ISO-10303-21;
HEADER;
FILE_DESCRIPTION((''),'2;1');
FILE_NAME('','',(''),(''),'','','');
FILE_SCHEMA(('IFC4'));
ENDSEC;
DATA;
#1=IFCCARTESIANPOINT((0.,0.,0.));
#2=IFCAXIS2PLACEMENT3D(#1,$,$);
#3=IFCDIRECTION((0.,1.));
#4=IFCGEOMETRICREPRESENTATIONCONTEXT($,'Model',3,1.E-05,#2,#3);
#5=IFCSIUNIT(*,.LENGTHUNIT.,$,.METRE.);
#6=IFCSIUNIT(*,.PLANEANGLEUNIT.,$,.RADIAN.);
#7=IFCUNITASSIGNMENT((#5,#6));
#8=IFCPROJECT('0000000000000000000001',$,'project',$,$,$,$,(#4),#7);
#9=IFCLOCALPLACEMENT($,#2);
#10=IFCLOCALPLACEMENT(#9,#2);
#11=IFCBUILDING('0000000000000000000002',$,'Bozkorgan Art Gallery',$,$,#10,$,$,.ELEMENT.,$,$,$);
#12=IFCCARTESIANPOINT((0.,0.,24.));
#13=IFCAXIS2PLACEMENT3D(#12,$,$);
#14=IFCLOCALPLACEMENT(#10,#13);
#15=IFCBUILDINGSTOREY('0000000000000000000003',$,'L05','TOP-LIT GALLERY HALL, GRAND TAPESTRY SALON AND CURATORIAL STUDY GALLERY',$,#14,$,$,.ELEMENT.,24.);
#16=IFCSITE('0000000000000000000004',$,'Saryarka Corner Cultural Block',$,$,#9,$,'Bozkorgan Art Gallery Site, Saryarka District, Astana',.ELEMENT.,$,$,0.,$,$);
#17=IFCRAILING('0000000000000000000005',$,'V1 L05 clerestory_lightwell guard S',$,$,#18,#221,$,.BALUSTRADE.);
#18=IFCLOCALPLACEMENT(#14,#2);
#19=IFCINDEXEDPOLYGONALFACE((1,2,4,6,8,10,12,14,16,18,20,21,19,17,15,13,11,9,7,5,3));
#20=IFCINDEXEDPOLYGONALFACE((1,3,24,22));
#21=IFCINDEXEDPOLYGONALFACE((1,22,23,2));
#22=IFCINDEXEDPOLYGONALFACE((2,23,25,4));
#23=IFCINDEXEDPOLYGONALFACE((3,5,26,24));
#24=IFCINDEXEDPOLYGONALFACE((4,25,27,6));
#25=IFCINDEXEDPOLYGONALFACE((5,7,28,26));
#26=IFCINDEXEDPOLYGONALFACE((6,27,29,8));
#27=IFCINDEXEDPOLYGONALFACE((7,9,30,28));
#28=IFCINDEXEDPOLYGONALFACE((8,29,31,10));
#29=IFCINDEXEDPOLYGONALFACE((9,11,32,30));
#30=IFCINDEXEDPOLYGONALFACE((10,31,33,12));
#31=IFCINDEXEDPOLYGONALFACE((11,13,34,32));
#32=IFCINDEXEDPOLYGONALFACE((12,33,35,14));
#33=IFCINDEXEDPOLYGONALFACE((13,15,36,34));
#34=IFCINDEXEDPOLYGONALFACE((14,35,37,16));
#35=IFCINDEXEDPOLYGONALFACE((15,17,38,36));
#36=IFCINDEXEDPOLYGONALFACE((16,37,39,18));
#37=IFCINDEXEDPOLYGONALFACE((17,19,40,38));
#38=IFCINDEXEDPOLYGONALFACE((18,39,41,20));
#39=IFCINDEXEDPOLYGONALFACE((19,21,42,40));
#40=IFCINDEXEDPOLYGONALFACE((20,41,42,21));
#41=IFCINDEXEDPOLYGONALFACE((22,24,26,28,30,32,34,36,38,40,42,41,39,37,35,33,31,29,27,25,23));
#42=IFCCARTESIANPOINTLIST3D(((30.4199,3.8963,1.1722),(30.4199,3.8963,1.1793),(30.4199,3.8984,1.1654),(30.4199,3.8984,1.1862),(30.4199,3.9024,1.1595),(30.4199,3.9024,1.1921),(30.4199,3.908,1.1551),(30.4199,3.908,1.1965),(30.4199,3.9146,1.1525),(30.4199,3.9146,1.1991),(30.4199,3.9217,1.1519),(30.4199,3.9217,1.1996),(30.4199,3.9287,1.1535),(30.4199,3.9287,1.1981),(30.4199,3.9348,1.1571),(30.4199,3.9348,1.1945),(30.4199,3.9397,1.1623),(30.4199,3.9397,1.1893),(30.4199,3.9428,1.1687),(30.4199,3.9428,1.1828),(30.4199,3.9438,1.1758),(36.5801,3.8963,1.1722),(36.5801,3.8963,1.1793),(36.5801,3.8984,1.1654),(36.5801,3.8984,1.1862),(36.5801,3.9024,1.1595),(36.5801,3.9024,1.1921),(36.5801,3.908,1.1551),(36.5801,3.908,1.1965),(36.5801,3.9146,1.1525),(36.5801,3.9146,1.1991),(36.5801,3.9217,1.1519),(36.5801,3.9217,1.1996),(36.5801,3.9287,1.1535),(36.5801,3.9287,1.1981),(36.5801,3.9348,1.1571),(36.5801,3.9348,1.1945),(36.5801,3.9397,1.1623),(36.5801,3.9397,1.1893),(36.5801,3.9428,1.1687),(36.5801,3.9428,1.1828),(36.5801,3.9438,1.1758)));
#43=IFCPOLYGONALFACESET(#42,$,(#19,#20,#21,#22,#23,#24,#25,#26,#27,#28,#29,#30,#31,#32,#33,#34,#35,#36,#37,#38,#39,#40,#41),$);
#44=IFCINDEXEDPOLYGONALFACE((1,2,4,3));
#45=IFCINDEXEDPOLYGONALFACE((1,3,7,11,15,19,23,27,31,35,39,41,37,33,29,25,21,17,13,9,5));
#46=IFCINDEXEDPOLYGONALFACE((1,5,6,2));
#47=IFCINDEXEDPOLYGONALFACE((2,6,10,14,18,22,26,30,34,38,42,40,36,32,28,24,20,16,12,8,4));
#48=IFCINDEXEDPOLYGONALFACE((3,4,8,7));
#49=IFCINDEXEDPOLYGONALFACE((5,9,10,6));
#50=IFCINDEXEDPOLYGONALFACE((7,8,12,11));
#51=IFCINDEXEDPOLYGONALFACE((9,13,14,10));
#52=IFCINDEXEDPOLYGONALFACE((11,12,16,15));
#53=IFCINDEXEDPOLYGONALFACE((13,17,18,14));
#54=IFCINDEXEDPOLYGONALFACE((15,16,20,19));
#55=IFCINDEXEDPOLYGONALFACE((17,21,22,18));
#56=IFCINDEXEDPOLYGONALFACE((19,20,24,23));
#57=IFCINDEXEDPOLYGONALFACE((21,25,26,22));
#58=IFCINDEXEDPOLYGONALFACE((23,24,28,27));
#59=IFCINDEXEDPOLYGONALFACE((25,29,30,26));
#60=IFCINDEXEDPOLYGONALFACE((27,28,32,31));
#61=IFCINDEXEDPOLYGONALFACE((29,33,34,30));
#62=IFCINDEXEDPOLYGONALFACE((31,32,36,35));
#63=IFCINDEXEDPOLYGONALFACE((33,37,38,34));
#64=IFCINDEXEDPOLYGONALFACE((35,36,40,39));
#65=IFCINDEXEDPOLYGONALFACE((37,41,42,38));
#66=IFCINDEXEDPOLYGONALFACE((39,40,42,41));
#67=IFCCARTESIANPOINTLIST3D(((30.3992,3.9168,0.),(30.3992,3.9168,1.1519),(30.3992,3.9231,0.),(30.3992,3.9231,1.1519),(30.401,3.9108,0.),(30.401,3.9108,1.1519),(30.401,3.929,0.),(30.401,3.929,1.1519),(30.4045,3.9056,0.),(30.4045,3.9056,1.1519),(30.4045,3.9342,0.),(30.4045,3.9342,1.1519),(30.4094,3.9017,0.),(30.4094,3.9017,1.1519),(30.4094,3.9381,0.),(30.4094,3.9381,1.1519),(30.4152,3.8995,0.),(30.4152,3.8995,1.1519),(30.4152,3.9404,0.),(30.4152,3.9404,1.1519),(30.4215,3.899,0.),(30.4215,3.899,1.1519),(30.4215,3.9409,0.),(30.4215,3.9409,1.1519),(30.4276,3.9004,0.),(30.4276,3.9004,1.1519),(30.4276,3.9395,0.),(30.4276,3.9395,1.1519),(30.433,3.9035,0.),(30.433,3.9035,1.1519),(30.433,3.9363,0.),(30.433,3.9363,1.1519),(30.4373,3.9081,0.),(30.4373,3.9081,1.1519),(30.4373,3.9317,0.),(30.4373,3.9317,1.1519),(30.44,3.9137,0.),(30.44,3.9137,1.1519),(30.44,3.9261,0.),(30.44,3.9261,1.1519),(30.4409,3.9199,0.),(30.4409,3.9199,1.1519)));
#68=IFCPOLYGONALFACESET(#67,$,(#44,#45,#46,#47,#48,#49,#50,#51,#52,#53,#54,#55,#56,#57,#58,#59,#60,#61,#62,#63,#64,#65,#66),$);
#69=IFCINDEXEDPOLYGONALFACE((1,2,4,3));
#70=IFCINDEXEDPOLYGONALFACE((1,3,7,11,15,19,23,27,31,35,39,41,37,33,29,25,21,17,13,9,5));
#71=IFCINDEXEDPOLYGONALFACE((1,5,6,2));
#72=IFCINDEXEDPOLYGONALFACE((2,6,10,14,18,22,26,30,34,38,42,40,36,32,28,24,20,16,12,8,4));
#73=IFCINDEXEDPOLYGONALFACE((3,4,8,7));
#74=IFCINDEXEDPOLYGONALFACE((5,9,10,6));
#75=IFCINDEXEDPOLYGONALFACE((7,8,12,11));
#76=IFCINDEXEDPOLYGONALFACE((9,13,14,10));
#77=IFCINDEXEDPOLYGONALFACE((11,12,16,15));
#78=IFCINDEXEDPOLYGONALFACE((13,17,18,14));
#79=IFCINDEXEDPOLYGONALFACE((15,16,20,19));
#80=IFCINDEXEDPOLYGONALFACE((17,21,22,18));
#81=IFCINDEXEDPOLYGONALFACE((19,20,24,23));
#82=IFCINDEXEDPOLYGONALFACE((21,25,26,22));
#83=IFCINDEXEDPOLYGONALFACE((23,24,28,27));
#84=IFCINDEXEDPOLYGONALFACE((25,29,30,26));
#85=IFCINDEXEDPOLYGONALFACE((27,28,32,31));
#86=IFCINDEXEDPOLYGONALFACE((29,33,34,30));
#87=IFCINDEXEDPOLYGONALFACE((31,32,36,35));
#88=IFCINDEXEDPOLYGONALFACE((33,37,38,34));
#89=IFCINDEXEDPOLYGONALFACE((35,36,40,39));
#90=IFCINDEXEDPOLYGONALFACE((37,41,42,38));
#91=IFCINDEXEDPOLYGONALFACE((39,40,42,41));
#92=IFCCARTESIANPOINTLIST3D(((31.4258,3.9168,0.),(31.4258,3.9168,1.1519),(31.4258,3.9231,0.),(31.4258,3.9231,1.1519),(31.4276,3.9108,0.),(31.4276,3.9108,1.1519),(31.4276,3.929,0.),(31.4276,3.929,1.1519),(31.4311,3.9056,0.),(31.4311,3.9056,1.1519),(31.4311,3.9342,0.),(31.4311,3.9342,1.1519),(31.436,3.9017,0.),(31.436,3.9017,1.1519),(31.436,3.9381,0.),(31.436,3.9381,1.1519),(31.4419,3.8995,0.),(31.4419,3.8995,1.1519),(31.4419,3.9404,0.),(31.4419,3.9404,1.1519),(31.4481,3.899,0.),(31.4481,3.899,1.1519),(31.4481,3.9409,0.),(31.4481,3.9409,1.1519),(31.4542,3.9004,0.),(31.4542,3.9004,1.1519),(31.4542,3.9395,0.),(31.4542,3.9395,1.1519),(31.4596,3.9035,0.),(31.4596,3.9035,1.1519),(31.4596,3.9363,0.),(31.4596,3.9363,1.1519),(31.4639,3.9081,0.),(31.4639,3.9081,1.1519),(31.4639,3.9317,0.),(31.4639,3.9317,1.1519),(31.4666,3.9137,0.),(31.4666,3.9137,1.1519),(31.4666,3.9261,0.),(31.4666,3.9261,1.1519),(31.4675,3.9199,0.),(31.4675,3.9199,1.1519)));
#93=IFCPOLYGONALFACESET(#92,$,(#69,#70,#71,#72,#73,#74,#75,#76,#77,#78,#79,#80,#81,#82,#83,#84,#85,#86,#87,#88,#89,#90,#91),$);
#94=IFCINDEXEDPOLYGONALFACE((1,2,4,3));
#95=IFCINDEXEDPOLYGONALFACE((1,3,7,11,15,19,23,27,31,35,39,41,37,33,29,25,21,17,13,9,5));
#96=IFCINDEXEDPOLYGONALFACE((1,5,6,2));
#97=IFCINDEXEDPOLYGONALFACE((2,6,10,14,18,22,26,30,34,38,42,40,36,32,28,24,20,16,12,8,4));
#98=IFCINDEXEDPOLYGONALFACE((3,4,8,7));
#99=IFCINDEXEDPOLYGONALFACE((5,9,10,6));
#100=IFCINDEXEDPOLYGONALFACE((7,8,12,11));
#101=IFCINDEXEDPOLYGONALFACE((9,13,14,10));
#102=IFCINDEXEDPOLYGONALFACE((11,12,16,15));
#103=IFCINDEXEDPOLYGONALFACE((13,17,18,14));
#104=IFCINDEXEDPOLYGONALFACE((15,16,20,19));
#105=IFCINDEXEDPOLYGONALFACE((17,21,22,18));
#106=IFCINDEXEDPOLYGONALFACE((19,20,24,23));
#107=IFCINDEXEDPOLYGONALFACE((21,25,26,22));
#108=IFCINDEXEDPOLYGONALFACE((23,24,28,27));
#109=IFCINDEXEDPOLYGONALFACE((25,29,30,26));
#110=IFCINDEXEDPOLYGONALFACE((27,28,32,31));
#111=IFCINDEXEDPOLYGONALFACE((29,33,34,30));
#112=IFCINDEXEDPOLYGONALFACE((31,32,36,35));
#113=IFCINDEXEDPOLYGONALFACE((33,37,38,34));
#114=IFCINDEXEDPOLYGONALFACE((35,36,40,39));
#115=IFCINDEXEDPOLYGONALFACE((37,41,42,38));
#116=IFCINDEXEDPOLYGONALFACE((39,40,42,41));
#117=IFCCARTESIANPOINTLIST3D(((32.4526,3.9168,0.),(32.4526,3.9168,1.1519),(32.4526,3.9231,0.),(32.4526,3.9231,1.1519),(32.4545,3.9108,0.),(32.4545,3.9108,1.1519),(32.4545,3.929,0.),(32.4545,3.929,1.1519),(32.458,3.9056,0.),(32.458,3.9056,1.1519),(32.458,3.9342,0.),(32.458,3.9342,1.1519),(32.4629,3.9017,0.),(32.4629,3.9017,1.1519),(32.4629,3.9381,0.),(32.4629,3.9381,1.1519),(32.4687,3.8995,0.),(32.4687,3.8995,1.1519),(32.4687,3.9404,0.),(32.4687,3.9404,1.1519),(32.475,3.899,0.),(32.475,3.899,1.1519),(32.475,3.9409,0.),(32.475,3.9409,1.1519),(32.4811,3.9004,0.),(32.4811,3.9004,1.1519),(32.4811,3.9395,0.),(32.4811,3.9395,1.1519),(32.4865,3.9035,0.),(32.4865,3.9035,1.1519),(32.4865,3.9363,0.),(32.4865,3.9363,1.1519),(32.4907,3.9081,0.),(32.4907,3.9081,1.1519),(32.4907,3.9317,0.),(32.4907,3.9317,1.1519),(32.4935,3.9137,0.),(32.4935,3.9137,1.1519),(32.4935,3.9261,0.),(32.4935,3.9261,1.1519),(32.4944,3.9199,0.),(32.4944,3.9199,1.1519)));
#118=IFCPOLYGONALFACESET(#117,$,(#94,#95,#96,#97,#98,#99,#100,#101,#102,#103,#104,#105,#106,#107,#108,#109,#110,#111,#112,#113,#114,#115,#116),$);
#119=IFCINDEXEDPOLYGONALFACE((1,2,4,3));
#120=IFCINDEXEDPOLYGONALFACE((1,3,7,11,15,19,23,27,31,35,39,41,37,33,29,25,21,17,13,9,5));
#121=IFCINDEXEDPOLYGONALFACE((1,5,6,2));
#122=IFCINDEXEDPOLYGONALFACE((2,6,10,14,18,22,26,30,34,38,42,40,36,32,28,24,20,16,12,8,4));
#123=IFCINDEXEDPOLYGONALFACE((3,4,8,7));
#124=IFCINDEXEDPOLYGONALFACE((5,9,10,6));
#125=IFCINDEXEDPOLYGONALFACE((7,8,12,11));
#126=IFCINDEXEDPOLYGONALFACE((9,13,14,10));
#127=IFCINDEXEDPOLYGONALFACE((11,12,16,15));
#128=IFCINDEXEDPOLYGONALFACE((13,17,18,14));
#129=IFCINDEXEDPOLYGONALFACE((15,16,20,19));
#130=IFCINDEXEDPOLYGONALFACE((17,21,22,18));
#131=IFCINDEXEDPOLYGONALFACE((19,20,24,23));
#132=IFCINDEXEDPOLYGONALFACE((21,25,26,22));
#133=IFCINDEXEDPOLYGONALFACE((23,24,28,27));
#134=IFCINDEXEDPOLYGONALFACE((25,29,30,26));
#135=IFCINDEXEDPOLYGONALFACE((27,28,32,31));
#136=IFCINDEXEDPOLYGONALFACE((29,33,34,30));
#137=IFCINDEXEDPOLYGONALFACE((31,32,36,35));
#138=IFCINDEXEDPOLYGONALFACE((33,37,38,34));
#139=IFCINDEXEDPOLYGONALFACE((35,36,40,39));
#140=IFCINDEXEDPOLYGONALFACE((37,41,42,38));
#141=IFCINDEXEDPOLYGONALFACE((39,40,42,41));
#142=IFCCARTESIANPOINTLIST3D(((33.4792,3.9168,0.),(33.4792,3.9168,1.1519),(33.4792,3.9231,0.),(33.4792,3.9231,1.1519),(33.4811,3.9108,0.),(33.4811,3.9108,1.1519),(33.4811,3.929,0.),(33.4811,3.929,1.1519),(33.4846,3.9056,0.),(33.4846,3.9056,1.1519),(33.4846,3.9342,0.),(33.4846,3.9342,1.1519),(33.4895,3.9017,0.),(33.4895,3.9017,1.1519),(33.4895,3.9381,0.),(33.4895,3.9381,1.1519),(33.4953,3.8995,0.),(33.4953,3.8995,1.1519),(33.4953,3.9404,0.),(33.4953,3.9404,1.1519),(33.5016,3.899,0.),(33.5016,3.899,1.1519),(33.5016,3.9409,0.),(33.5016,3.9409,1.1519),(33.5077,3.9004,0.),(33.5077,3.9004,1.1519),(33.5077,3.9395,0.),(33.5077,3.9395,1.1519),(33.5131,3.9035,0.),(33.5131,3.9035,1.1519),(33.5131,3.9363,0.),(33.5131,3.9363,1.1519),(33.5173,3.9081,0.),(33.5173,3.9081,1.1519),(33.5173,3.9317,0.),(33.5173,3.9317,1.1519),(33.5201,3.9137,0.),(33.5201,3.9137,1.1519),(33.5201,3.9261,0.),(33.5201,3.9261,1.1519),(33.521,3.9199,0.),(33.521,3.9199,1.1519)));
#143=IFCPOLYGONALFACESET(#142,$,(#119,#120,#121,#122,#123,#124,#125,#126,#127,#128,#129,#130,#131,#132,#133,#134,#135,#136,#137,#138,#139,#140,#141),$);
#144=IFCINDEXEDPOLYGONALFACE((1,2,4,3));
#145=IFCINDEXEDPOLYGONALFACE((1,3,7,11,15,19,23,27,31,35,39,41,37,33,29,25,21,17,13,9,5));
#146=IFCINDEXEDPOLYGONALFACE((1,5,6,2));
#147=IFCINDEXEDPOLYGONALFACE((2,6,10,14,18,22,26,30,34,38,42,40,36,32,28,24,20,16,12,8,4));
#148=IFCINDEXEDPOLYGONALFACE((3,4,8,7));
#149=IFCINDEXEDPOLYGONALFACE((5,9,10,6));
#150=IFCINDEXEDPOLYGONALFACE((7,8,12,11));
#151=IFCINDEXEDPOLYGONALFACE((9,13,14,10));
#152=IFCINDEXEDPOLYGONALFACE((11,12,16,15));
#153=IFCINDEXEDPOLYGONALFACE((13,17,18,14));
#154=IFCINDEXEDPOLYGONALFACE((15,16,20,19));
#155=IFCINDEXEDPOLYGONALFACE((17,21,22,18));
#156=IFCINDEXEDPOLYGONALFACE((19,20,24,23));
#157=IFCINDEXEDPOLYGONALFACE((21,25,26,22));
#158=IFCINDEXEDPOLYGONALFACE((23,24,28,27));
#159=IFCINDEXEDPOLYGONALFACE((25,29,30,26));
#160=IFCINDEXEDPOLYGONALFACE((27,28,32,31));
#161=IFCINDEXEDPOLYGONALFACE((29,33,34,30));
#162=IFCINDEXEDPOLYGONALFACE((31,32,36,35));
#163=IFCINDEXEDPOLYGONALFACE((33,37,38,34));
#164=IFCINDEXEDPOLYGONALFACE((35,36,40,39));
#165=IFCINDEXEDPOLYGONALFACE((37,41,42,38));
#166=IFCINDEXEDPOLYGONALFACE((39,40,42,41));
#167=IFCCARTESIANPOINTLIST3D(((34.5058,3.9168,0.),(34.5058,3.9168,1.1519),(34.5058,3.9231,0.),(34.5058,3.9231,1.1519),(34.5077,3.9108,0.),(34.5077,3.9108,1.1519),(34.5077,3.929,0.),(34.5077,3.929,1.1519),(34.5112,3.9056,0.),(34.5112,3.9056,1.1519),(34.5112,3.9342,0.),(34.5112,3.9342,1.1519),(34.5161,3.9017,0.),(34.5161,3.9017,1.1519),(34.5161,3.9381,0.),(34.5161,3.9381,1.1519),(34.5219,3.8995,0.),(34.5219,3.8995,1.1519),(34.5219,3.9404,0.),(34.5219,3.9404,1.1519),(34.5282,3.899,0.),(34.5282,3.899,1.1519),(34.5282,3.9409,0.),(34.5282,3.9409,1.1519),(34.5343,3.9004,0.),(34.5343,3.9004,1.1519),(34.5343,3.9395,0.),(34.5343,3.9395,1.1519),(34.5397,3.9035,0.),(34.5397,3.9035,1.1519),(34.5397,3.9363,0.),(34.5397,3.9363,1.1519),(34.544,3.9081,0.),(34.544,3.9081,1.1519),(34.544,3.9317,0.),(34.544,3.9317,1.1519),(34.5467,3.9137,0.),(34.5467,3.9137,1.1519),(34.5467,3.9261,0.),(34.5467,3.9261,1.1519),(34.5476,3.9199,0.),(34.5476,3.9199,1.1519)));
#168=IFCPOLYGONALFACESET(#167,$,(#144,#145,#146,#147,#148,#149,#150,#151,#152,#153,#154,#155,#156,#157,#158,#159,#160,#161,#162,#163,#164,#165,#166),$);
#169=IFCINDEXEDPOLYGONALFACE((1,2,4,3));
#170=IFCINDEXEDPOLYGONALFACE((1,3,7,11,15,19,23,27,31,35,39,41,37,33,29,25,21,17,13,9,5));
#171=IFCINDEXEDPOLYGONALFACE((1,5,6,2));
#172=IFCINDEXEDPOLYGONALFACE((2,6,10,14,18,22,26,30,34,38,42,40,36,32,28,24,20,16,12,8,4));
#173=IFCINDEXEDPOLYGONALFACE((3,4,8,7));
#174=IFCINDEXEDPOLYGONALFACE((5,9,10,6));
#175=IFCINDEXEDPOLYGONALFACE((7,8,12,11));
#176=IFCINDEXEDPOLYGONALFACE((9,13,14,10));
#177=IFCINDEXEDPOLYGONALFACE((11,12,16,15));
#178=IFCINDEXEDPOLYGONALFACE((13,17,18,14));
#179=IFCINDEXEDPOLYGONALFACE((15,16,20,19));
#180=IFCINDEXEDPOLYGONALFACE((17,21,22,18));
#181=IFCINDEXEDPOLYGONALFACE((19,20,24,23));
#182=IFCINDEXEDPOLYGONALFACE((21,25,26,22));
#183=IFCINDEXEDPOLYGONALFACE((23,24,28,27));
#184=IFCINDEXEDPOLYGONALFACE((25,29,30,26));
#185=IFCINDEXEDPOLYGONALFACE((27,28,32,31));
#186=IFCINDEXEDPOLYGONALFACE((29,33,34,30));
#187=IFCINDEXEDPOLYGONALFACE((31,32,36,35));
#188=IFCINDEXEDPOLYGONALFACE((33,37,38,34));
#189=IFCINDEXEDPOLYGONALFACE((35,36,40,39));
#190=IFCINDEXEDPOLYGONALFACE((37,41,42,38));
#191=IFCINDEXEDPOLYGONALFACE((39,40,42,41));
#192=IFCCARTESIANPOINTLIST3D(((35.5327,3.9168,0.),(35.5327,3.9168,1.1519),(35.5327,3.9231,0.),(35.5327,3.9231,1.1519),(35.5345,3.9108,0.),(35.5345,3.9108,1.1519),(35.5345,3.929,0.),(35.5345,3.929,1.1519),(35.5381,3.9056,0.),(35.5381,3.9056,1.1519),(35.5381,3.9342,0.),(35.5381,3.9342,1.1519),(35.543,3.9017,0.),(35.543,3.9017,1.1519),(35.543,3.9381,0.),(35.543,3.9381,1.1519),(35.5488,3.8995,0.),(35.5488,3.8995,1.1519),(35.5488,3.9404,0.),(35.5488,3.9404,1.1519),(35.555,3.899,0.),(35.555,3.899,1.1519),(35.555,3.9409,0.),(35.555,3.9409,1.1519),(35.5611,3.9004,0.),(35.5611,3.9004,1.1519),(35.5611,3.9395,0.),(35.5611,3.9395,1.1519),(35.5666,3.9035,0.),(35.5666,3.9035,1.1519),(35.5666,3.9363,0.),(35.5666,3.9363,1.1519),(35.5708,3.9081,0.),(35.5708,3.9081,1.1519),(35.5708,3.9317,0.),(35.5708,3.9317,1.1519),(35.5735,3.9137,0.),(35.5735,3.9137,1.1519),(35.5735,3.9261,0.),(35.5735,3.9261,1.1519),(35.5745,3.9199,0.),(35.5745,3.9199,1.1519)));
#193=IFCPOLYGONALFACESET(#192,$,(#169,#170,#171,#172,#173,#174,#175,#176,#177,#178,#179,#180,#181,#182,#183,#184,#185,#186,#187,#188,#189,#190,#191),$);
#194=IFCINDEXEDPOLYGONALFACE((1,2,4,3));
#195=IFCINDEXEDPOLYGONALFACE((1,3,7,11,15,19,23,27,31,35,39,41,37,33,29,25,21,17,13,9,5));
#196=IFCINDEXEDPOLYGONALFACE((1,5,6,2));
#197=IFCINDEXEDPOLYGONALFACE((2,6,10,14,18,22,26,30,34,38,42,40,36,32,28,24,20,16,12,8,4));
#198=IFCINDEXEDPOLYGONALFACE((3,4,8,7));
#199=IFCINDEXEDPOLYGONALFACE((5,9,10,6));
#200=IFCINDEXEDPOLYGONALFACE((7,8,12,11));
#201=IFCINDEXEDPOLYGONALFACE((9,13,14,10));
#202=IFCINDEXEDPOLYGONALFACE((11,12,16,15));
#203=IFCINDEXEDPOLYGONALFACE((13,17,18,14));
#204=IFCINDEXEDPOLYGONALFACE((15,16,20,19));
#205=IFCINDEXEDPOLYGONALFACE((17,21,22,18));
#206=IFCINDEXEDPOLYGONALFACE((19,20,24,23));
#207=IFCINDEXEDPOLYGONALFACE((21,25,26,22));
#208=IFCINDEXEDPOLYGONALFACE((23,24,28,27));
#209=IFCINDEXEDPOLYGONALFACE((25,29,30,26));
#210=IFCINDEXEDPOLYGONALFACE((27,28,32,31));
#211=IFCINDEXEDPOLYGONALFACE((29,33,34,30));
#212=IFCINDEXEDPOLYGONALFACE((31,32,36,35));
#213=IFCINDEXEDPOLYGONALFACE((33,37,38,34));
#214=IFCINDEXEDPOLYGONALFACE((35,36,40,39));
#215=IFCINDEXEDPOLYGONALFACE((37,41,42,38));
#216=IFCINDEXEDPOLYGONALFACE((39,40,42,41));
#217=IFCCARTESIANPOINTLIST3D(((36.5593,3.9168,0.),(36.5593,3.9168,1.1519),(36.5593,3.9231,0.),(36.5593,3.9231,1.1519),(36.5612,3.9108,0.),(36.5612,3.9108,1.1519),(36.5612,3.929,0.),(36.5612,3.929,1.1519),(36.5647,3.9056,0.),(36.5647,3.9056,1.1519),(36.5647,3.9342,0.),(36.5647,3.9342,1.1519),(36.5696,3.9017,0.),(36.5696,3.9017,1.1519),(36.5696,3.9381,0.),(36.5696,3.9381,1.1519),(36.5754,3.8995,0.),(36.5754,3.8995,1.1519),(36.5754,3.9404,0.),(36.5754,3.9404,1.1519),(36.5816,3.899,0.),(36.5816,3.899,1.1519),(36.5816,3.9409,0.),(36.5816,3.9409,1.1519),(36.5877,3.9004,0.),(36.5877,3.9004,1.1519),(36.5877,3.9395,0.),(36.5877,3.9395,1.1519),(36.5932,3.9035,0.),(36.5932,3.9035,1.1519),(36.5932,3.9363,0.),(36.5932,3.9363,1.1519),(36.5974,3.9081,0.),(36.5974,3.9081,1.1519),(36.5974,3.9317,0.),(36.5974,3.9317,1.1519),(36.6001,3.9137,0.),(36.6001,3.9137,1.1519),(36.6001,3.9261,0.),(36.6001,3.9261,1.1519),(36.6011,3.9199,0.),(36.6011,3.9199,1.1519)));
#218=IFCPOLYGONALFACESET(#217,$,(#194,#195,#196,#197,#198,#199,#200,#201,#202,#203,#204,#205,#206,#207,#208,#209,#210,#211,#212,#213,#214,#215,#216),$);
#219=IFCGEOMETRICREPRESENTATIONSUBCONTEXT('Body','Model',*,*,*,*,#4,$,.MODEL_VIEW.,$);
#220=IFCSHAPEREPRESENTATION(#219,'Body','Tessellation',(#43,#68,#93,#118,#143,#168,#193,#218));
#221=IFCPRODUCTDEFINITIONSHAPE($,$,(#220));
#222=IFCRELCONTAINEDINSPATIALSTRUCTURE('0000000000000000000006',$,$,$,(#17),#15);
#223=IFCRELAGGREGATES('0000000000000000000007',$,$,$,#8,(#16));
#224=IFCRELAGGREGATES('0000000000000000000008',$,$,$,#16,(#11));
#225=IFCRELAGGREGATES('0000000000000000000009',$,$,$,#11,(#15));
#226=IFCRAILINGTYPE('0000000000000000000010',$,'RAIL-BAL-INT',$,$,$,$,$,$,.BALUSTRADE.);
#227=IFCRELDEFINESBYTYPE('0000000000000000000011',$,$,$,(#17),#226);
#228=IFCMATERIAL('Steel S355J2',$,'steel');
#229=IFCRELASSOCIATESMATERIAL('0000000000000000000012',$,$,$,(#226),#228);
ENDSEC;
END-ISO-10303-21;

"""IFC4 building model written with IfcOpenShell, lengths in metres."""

from ifc_helpers import new_model, si_unit, direction, frame, origin, origin_2d, place, context, subcontext, project, spatial, circle, extrude, material, type_object, element, save


model = new_model("IFC4")

# Units and contexts
model_context = context("Model", 3, precision=1e-05, world=origin(), true_north=direction((0.0, 1.0)))
body_context = subcontext(model_context, "Body", "Model", "MODEL_VIEW")
ifc_project = project(units=[si_unit("LENGTHUNIT", "METRE"), si_unit("PLANEANGLEUNIT", "RADIAN")], contexts=[model_context])

# Site, building, storey
site_placement = place(None, origin())
site = spatial("IfcSite", under=ifc_project, at=site_placement, Name="Saryarka Corner Cultural Block", LongName="Bozkorgan Art Gallery Site, Saryarka District, Astana", CompositionType="ELEMENT", RefElevation=0.0)
building_placement = place(site_placement, origin())
building = spatial("IfcBuilding", under=site, at=building_placement, Name="Bozkorgan Art Gallery", CompositionType="ELEMENT")
storey_placement = place(building_placement, frame((0.0, 0.0, 24.0)))
storey = spatial("IfcBuildingStorey", under=building, at=storey_placement, Name="L05", Description="TOP-LIT GALLERY HALL, GRAND TAPESTRY SALON AND CURATORIAL STUDY GALLERY", CompositionType="ELEMENT", Elevation=24.0)

# Shared definitions
ifc_material_1 = material(Name="Steel S355J2", Category="steel")

# Railing
railing_type = type_object("IfcRailingType", Name="RAIL-BAL-INT", PredefinedType="BALUSTRADE", material=ifc_material_1)
railing_1_placement = place(storey_placement, frame((30.4199, 3.9199, 0.0)))
element("IfcRailing", 1, at=railing_1_placement, inside=storey, type_object=railing_type, Name="V1 L05 clerestory_lightwell guard S", PredefinedType="BALUSTRADE", context=body_context, shape_type="SweptSolid", body=[
    extrude(circle(Radius=0.0239, at=origin_2d()), frame((0.0, 0.0, 1.1758), z_axis=(1.0, 0.0, 0.0), x_axis=(0.0, 1.0, 0.0)), (0.0, 0.0, 1.0), 6.1602),
    extrude(circle(Radius=0.021, at=origin_2d()), origin(), (0.0, 0.0, 1.0), 1.1519),
    extrude(circle(Radius=0.021, at=origin_2d()), frame((1.0266, 0.0, 0.0)), (0.0, 0.0, 1.0), 1.1519),
    extrude(circle(Radius=0.021, at=origin_2d()), frame((2.0535, 0.0, 0.0)), (0.0, 0.0, 1.0), 1.1519),
    extrude(circle(Radius=0.021, at=origin_2d()), frame((3.0801, 0.0, 0.0)), (0.0, 0.0, 1.0), 1.1519),
    extrude(circle(Radius=0.021, at=origin_2d()), frame((4.1067, 0.0, 0.0)), (0.0, 0.0, 1.0), 1.1519),
    extrude(circle(Radius=0.021, at=origin_2d()), frame((5.1335, 0.0, 0.0)), (0.0, 0.0, 1.0), 1.1519),
    extrude(circle(Radius=0.021, at=origin_2d()), frame((6.1602, 0.0, 0.0)), (0.0, 0.0, 1.0), 1.1519),
])

save(model, "model.ifc")
